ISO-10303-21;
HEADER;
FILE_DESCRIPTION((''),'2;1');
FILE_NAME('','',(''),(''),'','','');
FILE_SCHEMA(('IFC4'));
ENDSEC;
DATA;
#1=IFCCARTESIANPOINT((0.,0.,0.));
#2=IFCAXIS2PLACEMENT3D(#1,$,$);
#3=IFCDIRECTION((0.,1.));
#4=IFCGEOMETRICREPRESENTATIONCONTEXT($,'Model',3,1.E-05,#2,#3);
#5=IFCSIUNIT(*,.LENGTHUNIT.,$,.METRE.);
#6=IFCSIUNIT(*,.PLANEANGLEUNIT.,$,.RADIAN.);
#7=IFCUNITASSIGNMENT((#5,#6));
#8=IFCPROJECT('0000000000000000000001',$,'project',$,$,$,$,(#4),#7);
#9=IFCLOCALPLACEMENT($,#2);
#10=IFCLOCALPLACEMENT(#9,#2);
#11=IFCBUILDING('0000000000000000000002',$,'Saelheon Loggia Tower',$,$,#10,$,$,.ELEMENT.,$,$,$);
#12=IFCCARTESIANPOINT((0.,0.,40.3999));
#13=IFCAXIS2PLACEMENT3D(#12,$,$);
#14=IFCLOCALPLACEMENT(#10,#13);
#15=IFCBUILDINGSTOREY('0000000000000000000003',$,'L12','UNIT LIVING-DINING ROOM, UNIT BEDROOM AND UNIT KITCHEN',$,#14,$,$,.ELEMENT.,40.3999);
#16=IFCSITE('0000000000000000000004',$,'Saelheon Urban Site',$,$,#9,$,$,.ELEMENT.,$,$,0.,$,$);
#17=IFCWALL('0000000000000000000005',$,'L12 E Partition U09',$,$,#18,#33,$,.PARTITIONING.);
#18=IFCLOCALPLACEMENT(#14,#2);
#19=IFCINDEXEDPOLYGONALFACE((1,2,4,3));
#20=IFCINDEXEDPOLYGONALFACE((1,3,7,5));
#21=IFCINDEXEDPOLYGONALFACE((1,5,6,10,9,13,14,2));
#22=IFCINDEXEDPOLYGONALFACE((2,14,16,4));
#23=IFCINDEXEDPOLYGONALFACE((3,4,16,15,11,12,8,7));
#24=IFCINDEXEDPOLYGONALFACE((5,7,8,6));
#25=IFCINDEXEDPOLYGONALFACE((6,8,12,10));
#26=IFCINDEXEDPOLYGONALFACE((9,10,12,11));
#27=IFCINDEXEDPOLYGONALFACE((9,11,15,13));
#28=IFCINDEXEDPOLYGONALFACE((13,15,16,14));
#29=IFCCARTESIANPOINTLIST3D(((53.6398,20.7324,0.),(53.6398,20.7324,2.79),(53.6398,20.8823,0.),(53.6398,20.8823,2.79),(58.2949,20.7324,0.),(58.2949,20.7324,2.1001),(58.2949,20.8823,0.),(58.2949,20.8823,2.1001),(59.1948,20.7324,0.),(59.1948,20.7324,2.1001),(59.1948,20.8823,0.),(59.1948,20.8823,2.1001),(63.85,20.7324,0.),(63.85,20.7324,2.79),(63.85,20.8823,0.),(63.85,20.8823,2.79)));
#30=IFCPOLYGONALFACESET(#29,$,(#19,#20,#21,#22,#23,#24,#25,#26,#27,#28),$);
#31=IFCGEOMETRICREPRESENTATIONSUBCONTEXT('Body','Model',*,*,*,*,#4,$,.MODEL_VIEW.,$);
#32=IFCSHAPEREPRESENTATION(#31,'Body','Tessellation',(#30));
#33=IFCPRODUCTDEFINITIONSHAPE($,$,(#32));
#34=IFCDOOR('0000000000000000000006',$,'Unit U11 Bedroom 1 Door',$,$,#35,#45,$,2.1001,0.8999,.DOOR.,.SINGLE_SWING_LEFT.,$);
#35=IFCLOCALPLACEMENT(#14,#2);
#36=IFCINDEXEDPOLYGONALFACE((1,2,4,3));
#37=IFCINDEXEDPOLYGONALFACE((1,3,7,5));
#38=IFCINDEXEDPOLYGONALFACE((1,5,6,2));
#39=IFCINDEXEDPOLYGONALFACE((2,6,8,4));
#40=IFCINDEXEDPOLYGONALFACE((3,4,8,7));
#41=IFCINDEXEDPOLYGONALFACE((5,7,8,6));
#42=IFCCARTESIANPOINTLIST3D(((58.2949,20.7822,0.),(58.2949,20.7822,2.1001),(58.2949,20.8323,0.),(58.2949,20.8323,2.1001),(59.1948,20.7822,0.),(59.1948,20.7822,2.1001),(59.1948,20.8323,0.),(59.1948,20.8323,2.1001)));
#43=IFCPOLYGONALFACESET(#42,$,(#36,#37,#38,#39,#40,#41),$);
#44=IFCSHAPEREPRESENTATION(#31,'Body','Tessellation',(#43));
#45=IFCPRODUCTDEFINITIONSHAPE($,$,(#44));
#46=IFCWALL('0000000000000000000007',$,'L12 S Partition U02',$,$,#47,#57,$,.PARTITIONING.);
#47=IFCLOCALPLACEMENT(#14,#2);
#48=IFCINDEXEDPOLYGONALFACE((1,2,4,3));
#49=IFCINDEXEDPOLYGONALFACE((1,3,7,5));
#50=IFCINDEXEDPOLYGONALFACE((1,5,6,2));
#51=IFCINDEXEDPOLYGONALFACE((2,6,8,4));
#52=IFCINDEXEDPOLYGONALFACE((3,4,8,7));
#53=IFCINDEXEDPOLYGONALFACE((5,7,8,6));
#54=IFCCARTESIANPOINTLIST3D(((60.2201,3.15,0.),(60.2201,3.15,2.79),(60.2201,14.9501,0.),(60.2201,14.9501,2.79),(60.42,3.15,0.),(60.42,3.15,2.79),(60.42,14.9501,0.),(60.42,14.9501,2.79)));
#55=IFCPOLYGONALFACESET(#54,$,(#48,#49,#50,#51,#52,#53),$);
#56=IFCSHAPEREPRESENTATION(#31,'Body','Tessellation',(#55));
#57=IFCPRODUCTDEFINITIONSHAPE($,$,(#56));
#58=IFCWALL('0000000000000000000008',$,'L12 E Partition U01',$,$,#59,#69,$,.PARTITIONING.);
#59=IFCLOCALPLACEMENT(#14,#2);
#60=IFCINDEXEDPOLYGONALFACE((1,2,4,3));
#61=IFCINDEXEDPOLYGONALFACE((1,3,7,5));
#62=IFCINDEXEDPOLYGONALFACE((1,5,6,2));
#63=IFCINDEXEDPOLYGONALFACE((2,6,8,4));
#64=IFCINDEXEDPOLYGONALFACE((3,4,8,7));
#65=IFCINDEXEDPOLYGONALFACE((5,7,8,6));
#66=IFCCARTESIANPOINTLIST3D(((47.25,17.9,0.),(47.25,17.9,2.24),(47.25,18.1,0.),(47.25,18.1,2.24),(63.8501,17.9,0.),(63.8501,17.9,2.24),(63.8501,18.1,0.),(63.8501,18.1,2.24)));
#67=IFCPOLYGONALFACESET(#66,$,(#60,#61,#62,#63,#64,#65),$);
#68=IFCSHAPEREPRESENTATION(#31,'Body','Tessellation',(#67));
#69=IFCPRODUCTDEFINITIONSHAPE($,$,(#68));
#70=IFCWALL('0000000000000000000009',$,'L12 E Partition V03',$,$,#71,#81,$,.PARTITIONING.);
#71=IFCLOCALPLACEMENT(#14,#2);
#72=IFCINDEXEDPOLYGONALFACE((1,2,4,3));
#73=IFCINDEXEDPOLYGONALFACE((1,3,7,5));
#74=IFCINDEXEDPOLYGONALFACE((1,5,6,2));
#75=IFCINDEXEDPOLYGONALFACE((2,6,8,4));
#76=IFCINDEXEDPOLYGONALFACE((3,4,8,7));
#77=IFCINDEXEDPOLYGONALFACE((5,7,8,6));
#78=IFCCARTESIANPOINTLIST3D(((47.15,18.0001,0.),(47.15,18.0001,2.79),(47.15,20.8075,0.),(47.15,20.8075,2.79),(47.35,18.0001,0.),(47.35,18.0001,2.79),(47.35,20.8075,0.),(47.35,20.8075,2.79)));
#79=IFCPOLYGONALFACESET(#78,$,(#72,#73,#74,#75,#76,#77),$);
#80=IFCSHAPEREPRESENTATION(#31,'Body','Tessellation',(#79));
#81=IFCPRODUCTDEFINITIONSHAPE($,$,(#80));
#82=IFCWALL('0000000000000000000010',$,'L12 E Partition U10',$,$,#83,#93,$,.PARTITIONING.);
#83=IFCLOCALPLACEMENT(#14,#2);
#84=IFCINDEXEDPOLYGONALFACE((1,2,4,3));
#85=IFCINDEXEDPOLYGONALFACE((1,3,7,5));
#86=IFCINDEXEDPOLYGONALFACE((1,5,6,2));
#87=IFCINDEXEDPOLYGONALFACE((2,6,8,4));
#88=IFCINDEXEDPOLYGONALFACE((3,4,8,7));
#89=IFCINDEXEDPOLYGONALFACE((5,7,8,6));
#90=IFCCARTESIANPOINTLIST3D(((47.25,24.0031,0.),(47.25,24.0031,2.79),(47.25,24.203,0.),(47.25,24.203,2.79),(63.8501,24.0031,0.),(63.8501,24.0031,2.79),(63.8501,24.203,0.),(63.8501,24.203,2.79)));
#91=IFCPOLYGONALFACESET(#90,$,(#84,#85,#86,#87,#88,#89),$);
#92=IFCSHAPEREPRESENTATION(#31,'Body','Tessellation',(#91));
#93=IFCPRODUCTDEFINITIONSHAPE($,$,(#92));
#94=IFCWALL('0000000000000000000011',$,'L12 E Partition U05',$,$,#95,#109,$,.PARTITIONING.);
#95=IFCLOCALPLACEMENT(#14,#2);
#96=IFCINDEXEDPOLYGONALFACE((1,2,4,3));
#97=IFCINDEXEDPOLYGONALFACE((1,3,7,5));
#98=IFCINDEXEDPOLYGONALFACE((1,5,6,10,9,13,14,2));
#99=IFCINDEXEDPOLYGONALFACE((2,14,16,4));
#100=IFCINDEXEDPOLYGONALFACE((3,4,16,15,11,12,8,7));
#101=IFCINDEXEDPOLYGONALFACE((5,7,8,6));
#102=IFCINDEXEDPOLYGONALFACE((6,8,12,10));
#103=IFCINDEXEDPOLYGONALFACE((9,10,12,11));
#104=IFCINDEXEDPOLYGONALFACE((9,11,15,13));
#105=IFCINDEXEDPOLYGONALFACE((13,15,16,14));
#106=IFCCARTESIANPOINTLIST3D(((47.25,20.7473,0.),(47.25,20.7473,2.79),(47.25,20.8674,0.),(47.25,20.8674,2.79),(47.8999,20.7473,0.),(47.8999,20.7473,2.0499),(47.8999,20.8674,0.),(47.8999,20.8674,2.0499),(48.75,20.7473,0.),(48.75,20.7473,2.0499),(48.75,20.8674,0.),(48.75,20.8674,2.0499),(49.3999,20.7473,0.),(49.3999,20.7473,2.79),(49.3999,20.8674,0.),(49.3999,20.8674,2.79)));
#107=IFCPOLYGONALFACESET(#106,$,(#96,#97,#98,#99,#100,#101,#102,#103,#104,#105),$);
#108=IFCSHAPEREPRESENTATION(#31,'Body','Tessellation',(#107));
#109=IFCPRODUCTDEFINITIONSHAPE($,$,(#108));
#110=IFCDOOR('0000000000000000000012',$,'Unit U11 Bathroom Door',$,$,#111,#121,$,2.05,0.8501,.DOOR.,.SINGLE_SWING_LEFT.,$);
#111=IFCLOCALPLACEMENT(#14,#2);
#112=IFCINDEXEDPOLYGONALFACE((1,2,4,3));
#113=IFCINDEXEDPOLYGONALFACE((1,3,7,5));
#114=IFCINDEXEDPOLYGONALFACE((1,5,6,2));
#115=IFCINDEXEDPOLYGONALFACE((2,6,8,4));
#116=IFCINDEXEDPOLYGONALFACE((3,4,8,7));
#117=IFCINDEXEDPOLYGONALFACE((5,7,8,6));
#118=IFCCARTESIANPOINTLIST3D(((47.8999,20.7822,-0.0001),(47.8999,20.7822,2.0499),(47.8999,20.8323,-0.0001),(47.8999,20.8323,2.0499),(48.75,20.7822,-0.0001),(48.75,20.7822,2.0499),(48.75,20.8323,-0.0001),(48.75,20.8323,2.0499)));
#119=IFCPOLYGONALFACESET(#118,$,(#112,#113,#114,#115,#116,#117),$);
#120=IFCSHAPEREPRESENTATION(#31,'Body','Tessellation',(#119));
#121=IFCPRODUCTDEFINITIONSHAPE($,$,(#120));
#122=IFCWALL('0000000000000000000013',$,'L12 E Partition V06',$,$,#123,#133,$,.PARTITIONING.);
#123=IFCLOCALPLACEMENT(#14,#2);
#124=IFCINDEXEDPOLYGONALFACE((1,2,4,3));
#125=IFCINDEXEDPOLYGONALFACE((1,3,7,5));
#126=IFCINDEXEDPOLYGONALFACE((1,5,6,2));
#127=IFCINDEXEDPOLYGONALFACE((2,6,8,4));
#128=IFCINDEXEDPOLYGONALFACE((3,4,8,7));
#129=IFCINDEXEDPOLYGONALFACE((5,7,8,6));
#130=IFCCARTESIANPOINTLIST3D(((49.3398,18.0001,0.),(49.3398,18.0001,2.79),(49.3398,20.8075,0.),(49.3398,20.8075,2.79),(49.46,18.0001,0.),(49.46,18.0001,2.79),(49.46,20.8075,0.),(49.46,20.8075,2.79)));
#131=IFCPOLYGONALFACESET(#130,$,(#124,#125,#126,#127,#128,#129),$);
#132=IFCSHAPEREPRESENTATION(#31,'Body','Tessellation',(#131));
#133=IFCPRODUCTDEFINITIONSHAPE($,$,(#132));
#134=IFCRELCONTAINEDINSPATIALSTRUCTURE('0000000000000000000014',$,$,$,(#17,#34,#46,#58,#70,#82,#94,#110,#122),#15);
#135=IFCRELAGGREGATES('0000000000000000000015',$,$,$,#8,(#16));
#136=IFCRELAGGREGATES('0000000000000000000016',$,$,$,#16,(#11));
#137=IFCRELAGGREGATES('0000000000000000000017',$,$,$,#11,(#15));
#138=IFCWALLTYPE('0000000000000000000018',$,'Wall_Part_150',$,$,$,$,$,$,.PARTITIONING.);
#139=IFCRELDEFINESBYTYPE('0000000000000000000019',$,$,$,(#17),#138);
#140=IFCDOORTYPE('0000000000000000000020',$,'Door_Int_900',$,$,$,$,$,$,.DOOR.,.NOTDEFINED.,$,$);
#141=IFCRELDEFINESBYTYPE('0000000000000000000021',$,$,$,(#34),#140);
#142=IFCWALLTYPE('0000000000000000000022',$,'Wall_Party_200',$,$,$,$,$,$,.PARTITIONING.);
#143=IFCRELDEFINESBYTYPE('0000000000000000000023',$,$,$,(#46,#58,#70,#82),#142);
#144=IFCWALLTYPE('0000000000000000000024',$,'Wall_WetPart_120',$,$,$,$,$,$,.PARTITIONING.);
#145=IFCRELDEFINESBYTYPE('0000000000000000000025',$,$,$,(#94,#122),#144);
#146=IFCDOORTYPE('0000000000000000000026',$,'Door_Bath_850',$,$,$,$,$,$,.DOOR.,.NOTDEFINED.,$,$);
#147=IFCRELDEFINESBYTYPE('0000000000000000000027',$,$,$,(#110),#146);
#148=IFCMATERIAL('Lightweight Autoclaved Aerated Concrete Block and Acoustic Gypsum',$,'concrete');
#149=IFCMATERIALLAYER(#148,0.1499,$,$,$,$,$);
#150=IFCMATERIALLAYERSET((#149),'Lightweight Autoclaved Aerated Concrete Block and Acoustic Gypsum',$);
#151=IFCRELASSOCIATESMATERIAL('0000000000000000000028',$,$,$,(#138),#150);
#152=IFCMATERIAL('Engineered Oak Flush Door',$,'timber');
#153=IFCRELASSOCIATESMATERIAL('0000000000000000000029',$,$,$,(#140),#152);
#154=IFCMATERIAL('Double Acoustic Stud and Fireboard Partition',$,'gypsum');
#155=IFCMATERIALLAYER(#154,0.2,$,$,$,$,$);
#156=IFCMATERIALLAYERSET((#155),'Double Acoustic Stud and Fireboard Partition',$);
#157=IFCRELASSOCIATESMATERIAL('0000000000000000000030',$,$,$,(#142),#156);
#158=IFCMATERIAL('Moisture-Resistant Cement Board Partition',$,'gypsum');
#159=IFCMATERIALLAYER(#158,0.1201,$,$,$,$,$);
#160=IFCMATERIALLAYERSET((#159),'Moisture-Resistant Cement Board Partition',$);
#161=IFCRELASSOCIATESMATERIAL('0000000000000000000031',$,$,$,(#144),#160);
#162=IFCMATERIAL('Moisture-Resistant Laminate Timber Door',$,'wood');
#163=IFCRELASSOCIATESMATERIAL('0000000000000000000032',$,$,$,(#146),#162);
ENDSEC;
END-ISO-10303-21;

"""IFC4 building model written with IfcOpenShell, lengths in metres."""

from ifc_helpers import new_model, si_unit, direction, frame, frame_2d, origin, place, context, subcontext, project, spatial, rectangle, extrude, source, transform, mapped, material, layer, layer_set, type_object, element, fill, save


model = new_model("IFC4")

# Units and contexts
model_context = context("Model", 3, precision=1e-05, world=origin(), true_north=direction((0.0, 1.0)))
body_context = subcontext(model_context, "Body", "Model", "MODEL_VIEW")
ifc_project = project(units=[si_unit("LENGTHUNIT", "METRE"), si_unit("PLANEANGLEUNIT", "RADIAN")], contexts=[model_context])

# Site, building, storey
site_placement = place(None, origin())
site = spatial("IfcSite", under=ifc_project, at=site_placement, Name="Saelheon Urban Site", CompositionType="ELEMENT", RefElevation=0.0)
building_placement = place(site_placement, origin())
building = spatial("IfcBuilding", under=site, at=building_placement, Name="Saelheon Loggia Tower", CompositionType="ELEMENT")
storey_placement = place(building_placement, frame((0.0, 0.0, 40.3999)))
storey = spatial("IfcBuildingStorey", under=building, at=storey_placement, Name="L12", Description="UNIT LIVING-DINING ROOM, UNIT BEDROOM AND UNIT KITCHEN", CompositionType="ELEMENT", Elevation=40.3999)

# Shared definitions
ifc_material_1 = material(Name="Lightweight Autoclaved Aerated Concrete Block and Acoustic Gypsum", Category="concrete")
ifc_layer_1 = layer(ifc_material_1, 0.1499)
ifc_layer_set_1 = layer_set([ifc_layer_1], Name="Lightweight Autoclaved Aerated Concrete Block and Acoustic Gypsum")
wall_type_1 = type_object("IfcWallType", Name="Wall_Part_150", PredefinedType="PARTITIONING", material=ifc_layer_set_1)
ifc_material_2 = material(Name="Engineered Oak Flush Door", Category="timber")
door_type_1 = type_object("IfcDoorType", Name="Door_Int_900", OperationType="NOTDEFINED", PredefinedType="DOOR", material=ifc_material_2)
shared_shape_1 = source(origin(), body_context, "Body", "SweptSolid", [
    extrude(rectangle(XDim=0.8999, YDim=2.1001, at=frame_2d((0.45, 1.05))), frame((0.0, 0.0249, 0.0), z_axis=(0.0, -1.0, 0.0), x_axis=(1.0, 0.0, 0.0)), (0.0, 0.0, 1.0), 0.05),
])

# Wall, opening, door
wall_1_placement = place(storey_placement, frame((53.6399, 20.8074, 0.0), z_axis=(0.0, 0.0, 1.0), x_axis=(1.0, 0.0, 0.0)))
wall_1 = element("IfcWall", 1, at=wall_1_placement, inside=storey, type_object=wall_type_1, Name="L12 E Partition U09", PredefinedType="PARTITIONING", context=body_context, shape_type="SweptSolid", body=[
    extrude(rectangle(XDim=10.2102, YDim=0.1499, at=frame_2d((5.105, 0.0))), origin(), (0.0, 0.0, 1.0), 2.79),
])
opening_1_placement = place(wall_1_placement, frame((4.655, 0.0, 0.0)))
opening_1 = element("IfcOpeningElement", 2, at=opening_1_placement, cuts=wall_1, PredefinedType="OPENING", context=body_context, shape_type="SweptSolid", body=[
    extrude(rectangle(XDim=0.8999, YDim=2.1001, at=frame_2d((0.45, 1.05))), frame((0.0, 0.0869, 0.0), z_axis=(0.0, -1.0, 0.0), x_axis=(1.0, 0.0, 0.0)), (0.0, 0.0, 1.0), 0.1738),
])
door_1_placement = place(opening_1_placement, origin())
door_1 = element("IfcDoor", 3, at=door_1_placement, inside=storey, type_object=door_type_1, Name="Unit U11 Bedroom 1 Door", OperationType="SINGLE_SWING_LEFT", OverallHeight=2.1001, OverallWidth=0.8999, PredefinedType="DOOR", context=body_context, shape_type="MappedRepresentation", body=[
    mapped(shared_shape_1, transform((0.0, 0.0, 0.0), scale=1.0)),
])
fill(opening_1, door_1)

# Walls
ifc_material_3 = material(Name="Double Acoustic Stud and Fireboard Partition", Category="gypsum")
ifc_layer_2 = layer(ifc_material_3, 0.2)
ifc_layer_set_2 = layer_set([ifc_layer_2], Name="Double Acoustic Stud and Fireboard Partition")
wall_type_2 = type_object("IfcWallType", Name="Wall_Party_200", PredefinedType="PARTITIONING", material=ifc_layer_set_2)
wall_2_placement = place(storey_placement, frame((60.3201, 14.95, 0.0), z_axis=(0.0, 0.0, 1.0), x_axis=(0.0, -1.0, 0.0)))
element("IfcWall", 4, at=wall_2_placement, inside=storey, type_object=wall_type_2, Name="L12 S Partition U02", PredefinedType="PARTITIONING", context=body_context, shape_type="SweptSolid", body=[
    extrude(rectangle(XDim=11.8, YDim=0.2, at=frame_2d((5.8999, 0.0))), origin(), (0.0, 0.0, 1.0), 2.79),
])
wall_3_placement = place(storey_placement, frame((47.25, 18.0, 0.0), z_axis=(0.0, 0.0, 1.0), x_axis=(1.0, 0.0, 0.0)))
element("IfcWall", 5, at=wall_3_placement, inside=storey, type_object=wall_type_2, Name="L12 E Partition U01", PredefinedType="PARTITIONING", context=body_context, shape_type="SweptSolid", body=[
    extrude(rectangle(XDim=16.6001, YDim=0.2, at=frame_2d((8.3, 0.0))), origin(), (0.0, 0.0, 1.0), 2.24),
])
wall_4_placement = place(storey_placement, frame((47.25, 18.0, 0.0), z_axis=(0.0, 0.0, 1.0), x_axis=(0.0, 1.0, 0.0)))
element("IfcWall", 6, at=wall_4_placement, inside=storey, type_object=wall_type_2, Name="L12 E Partition V03", PredefinedType="PARTITIONING", context=body_context, shape_type="SweptSolid", body=[
    extrude(rectangle(XDim=2.8074, YDim=0.2, at=frame_2d((1.4038, 0.0))), origin(), (0.0, 0.0, 1.0), 2.79),
])

# Wall
wall_5_placement = place(storey_placement, frame((47.25, 24.103, 0.0), z_axis=(0.0, 0.0, 1.0), x_axis=(1.0, 0.0, 0.0)))
element("IfcWall", 7, at=wall_5_placement, inside=storey, type_object=wall_type_2, Name="L12 E Partition U10", PredefinedType="PARTITIONING", context=body_context, shape_type="SweptSolid", body=[
    extrude(rectangle(XDim=16.6001, YDim=0.2, at=frame_2d((8.3, 0.0))), origin(), (0.0, 0.0, 1.0), 2.79),
])

# Wall, opening, door
ifc_material_4 = material(Name="Moisture-Resistant Cement Board Partition", Category="gypsum")
ifc_layer_3 = layer(ifc_material_4, 0.1201)
ifc_layer_set_3 = layer_set([ifc_layer_3], Name="Moisture-Resistant Cement Board Partition")
wall_type_3 = type_object("IfcWallType", Name="Wall_WetPart_120", PredefinedType="PARTITIONING", material=ifc_layer_set_3)
wall_6_placement = place(storey_placement, frame((47.25, 20.8074, 0.0), z_axis=(0.0, 0.0, 1.0), x_axis=(1.0, 0.0, 0.0)))
wall_6 = element("IfcWall", 8, at=wall_6_placement, inside=storey, type_object=wall_type_3, Name="L12 E Partition U05", PredefinedType="PARTITIONING", context=body_context, shape_type="SweptSolid", body=[
    extrude(rectangle(XDim=2.1499, YDim=0.1201, at=frame_2d((1.075, 0.0))), origin(), (0.0, 0.0, 1.0), 2.79),
])
opening_2_placement = place(wall_6_placement, frame((0.6499, 0.0, 0.0)))
opening_2 = element("IfcOpeningElement", 9, at=opening_2_placement, cuts=wall_6, PredefinedType="OPENING", context=body_context, shape_type="SweptSolid", body=[
    extrude(rectangle(XDim=0.8501, YDim=2.05, at=frame_2d((0.425, 1.0249))), frame((0.0, 0.072, 0.0), z_axis=(0.0, -1.0, 0.0), x_axis=(1.0, 0.0, 0.0)), (0.0, 0.0, 1.0), 0.144),
])
ifc_material_5 = material(Name="Moisture-Resistant Laminate Timber Door", Category="wood")
door_type_2 = type_object("IfcDoorType", Name="Door_Bath_850", OperationType="NOTDEFINED", PredefinedType="DOOR", material=ifc_material_5)
shared_shape_2 = source(origin(), body_context, "Body", "SweptSolid", [
    extrude(rectangle(XDim=0.8501, YDim=2.05, at=frame_2d((0.425, 1.0249))), frame((0.0, 0.0249, 0.0), z_axis=(0.0, -1.0, 0.0), x_axis=(1.0, 0.0, 0.0)), (0.0, 0.0, 1.0), 0.05),
])
door_2_placement = place(opening_2_placement, origin())
door_2 = element("IfcDoor", 10, at=door_2_placement, inside=storey, type_object=door_type_2, Name="Unit U11 Bathroom Door", OperationType="SINGLE_SWING_LEFT", OverallHeight=2.05, OverallWidth=0.8501, PredefinedType="DOOR", context=body_context, shape_type="MappedRepresentation", body=[
    mapped(shared_shape_2, transform((0.0, 0.0, 0.0), scale=1.0)),
])
fill(opening_2, door_2)

# Wall
wall_7_placement = place(storey_placement, frame((49.3999, 18.0, 0.0), z_axis=(0.0, 0.0, 1.0), x_axis=(0.0, 1.0, 0.0)))
element("IfcWall", 11, at=wall_7_placement, inside=storey, type_object=wall_type_3, Name="L12 E Partition V06", PredefinedType="PARTITIONING", context=body_context, shape_type="SweptSolid", body=[
    extrude(rectangle(XDim=2.8074, YDim=0.1201, at=frame_2d((1.4038, 0.0))), origin(), (0.0, 0.0, 1.0), 2.79),
])

save(model, "model.ifc")
